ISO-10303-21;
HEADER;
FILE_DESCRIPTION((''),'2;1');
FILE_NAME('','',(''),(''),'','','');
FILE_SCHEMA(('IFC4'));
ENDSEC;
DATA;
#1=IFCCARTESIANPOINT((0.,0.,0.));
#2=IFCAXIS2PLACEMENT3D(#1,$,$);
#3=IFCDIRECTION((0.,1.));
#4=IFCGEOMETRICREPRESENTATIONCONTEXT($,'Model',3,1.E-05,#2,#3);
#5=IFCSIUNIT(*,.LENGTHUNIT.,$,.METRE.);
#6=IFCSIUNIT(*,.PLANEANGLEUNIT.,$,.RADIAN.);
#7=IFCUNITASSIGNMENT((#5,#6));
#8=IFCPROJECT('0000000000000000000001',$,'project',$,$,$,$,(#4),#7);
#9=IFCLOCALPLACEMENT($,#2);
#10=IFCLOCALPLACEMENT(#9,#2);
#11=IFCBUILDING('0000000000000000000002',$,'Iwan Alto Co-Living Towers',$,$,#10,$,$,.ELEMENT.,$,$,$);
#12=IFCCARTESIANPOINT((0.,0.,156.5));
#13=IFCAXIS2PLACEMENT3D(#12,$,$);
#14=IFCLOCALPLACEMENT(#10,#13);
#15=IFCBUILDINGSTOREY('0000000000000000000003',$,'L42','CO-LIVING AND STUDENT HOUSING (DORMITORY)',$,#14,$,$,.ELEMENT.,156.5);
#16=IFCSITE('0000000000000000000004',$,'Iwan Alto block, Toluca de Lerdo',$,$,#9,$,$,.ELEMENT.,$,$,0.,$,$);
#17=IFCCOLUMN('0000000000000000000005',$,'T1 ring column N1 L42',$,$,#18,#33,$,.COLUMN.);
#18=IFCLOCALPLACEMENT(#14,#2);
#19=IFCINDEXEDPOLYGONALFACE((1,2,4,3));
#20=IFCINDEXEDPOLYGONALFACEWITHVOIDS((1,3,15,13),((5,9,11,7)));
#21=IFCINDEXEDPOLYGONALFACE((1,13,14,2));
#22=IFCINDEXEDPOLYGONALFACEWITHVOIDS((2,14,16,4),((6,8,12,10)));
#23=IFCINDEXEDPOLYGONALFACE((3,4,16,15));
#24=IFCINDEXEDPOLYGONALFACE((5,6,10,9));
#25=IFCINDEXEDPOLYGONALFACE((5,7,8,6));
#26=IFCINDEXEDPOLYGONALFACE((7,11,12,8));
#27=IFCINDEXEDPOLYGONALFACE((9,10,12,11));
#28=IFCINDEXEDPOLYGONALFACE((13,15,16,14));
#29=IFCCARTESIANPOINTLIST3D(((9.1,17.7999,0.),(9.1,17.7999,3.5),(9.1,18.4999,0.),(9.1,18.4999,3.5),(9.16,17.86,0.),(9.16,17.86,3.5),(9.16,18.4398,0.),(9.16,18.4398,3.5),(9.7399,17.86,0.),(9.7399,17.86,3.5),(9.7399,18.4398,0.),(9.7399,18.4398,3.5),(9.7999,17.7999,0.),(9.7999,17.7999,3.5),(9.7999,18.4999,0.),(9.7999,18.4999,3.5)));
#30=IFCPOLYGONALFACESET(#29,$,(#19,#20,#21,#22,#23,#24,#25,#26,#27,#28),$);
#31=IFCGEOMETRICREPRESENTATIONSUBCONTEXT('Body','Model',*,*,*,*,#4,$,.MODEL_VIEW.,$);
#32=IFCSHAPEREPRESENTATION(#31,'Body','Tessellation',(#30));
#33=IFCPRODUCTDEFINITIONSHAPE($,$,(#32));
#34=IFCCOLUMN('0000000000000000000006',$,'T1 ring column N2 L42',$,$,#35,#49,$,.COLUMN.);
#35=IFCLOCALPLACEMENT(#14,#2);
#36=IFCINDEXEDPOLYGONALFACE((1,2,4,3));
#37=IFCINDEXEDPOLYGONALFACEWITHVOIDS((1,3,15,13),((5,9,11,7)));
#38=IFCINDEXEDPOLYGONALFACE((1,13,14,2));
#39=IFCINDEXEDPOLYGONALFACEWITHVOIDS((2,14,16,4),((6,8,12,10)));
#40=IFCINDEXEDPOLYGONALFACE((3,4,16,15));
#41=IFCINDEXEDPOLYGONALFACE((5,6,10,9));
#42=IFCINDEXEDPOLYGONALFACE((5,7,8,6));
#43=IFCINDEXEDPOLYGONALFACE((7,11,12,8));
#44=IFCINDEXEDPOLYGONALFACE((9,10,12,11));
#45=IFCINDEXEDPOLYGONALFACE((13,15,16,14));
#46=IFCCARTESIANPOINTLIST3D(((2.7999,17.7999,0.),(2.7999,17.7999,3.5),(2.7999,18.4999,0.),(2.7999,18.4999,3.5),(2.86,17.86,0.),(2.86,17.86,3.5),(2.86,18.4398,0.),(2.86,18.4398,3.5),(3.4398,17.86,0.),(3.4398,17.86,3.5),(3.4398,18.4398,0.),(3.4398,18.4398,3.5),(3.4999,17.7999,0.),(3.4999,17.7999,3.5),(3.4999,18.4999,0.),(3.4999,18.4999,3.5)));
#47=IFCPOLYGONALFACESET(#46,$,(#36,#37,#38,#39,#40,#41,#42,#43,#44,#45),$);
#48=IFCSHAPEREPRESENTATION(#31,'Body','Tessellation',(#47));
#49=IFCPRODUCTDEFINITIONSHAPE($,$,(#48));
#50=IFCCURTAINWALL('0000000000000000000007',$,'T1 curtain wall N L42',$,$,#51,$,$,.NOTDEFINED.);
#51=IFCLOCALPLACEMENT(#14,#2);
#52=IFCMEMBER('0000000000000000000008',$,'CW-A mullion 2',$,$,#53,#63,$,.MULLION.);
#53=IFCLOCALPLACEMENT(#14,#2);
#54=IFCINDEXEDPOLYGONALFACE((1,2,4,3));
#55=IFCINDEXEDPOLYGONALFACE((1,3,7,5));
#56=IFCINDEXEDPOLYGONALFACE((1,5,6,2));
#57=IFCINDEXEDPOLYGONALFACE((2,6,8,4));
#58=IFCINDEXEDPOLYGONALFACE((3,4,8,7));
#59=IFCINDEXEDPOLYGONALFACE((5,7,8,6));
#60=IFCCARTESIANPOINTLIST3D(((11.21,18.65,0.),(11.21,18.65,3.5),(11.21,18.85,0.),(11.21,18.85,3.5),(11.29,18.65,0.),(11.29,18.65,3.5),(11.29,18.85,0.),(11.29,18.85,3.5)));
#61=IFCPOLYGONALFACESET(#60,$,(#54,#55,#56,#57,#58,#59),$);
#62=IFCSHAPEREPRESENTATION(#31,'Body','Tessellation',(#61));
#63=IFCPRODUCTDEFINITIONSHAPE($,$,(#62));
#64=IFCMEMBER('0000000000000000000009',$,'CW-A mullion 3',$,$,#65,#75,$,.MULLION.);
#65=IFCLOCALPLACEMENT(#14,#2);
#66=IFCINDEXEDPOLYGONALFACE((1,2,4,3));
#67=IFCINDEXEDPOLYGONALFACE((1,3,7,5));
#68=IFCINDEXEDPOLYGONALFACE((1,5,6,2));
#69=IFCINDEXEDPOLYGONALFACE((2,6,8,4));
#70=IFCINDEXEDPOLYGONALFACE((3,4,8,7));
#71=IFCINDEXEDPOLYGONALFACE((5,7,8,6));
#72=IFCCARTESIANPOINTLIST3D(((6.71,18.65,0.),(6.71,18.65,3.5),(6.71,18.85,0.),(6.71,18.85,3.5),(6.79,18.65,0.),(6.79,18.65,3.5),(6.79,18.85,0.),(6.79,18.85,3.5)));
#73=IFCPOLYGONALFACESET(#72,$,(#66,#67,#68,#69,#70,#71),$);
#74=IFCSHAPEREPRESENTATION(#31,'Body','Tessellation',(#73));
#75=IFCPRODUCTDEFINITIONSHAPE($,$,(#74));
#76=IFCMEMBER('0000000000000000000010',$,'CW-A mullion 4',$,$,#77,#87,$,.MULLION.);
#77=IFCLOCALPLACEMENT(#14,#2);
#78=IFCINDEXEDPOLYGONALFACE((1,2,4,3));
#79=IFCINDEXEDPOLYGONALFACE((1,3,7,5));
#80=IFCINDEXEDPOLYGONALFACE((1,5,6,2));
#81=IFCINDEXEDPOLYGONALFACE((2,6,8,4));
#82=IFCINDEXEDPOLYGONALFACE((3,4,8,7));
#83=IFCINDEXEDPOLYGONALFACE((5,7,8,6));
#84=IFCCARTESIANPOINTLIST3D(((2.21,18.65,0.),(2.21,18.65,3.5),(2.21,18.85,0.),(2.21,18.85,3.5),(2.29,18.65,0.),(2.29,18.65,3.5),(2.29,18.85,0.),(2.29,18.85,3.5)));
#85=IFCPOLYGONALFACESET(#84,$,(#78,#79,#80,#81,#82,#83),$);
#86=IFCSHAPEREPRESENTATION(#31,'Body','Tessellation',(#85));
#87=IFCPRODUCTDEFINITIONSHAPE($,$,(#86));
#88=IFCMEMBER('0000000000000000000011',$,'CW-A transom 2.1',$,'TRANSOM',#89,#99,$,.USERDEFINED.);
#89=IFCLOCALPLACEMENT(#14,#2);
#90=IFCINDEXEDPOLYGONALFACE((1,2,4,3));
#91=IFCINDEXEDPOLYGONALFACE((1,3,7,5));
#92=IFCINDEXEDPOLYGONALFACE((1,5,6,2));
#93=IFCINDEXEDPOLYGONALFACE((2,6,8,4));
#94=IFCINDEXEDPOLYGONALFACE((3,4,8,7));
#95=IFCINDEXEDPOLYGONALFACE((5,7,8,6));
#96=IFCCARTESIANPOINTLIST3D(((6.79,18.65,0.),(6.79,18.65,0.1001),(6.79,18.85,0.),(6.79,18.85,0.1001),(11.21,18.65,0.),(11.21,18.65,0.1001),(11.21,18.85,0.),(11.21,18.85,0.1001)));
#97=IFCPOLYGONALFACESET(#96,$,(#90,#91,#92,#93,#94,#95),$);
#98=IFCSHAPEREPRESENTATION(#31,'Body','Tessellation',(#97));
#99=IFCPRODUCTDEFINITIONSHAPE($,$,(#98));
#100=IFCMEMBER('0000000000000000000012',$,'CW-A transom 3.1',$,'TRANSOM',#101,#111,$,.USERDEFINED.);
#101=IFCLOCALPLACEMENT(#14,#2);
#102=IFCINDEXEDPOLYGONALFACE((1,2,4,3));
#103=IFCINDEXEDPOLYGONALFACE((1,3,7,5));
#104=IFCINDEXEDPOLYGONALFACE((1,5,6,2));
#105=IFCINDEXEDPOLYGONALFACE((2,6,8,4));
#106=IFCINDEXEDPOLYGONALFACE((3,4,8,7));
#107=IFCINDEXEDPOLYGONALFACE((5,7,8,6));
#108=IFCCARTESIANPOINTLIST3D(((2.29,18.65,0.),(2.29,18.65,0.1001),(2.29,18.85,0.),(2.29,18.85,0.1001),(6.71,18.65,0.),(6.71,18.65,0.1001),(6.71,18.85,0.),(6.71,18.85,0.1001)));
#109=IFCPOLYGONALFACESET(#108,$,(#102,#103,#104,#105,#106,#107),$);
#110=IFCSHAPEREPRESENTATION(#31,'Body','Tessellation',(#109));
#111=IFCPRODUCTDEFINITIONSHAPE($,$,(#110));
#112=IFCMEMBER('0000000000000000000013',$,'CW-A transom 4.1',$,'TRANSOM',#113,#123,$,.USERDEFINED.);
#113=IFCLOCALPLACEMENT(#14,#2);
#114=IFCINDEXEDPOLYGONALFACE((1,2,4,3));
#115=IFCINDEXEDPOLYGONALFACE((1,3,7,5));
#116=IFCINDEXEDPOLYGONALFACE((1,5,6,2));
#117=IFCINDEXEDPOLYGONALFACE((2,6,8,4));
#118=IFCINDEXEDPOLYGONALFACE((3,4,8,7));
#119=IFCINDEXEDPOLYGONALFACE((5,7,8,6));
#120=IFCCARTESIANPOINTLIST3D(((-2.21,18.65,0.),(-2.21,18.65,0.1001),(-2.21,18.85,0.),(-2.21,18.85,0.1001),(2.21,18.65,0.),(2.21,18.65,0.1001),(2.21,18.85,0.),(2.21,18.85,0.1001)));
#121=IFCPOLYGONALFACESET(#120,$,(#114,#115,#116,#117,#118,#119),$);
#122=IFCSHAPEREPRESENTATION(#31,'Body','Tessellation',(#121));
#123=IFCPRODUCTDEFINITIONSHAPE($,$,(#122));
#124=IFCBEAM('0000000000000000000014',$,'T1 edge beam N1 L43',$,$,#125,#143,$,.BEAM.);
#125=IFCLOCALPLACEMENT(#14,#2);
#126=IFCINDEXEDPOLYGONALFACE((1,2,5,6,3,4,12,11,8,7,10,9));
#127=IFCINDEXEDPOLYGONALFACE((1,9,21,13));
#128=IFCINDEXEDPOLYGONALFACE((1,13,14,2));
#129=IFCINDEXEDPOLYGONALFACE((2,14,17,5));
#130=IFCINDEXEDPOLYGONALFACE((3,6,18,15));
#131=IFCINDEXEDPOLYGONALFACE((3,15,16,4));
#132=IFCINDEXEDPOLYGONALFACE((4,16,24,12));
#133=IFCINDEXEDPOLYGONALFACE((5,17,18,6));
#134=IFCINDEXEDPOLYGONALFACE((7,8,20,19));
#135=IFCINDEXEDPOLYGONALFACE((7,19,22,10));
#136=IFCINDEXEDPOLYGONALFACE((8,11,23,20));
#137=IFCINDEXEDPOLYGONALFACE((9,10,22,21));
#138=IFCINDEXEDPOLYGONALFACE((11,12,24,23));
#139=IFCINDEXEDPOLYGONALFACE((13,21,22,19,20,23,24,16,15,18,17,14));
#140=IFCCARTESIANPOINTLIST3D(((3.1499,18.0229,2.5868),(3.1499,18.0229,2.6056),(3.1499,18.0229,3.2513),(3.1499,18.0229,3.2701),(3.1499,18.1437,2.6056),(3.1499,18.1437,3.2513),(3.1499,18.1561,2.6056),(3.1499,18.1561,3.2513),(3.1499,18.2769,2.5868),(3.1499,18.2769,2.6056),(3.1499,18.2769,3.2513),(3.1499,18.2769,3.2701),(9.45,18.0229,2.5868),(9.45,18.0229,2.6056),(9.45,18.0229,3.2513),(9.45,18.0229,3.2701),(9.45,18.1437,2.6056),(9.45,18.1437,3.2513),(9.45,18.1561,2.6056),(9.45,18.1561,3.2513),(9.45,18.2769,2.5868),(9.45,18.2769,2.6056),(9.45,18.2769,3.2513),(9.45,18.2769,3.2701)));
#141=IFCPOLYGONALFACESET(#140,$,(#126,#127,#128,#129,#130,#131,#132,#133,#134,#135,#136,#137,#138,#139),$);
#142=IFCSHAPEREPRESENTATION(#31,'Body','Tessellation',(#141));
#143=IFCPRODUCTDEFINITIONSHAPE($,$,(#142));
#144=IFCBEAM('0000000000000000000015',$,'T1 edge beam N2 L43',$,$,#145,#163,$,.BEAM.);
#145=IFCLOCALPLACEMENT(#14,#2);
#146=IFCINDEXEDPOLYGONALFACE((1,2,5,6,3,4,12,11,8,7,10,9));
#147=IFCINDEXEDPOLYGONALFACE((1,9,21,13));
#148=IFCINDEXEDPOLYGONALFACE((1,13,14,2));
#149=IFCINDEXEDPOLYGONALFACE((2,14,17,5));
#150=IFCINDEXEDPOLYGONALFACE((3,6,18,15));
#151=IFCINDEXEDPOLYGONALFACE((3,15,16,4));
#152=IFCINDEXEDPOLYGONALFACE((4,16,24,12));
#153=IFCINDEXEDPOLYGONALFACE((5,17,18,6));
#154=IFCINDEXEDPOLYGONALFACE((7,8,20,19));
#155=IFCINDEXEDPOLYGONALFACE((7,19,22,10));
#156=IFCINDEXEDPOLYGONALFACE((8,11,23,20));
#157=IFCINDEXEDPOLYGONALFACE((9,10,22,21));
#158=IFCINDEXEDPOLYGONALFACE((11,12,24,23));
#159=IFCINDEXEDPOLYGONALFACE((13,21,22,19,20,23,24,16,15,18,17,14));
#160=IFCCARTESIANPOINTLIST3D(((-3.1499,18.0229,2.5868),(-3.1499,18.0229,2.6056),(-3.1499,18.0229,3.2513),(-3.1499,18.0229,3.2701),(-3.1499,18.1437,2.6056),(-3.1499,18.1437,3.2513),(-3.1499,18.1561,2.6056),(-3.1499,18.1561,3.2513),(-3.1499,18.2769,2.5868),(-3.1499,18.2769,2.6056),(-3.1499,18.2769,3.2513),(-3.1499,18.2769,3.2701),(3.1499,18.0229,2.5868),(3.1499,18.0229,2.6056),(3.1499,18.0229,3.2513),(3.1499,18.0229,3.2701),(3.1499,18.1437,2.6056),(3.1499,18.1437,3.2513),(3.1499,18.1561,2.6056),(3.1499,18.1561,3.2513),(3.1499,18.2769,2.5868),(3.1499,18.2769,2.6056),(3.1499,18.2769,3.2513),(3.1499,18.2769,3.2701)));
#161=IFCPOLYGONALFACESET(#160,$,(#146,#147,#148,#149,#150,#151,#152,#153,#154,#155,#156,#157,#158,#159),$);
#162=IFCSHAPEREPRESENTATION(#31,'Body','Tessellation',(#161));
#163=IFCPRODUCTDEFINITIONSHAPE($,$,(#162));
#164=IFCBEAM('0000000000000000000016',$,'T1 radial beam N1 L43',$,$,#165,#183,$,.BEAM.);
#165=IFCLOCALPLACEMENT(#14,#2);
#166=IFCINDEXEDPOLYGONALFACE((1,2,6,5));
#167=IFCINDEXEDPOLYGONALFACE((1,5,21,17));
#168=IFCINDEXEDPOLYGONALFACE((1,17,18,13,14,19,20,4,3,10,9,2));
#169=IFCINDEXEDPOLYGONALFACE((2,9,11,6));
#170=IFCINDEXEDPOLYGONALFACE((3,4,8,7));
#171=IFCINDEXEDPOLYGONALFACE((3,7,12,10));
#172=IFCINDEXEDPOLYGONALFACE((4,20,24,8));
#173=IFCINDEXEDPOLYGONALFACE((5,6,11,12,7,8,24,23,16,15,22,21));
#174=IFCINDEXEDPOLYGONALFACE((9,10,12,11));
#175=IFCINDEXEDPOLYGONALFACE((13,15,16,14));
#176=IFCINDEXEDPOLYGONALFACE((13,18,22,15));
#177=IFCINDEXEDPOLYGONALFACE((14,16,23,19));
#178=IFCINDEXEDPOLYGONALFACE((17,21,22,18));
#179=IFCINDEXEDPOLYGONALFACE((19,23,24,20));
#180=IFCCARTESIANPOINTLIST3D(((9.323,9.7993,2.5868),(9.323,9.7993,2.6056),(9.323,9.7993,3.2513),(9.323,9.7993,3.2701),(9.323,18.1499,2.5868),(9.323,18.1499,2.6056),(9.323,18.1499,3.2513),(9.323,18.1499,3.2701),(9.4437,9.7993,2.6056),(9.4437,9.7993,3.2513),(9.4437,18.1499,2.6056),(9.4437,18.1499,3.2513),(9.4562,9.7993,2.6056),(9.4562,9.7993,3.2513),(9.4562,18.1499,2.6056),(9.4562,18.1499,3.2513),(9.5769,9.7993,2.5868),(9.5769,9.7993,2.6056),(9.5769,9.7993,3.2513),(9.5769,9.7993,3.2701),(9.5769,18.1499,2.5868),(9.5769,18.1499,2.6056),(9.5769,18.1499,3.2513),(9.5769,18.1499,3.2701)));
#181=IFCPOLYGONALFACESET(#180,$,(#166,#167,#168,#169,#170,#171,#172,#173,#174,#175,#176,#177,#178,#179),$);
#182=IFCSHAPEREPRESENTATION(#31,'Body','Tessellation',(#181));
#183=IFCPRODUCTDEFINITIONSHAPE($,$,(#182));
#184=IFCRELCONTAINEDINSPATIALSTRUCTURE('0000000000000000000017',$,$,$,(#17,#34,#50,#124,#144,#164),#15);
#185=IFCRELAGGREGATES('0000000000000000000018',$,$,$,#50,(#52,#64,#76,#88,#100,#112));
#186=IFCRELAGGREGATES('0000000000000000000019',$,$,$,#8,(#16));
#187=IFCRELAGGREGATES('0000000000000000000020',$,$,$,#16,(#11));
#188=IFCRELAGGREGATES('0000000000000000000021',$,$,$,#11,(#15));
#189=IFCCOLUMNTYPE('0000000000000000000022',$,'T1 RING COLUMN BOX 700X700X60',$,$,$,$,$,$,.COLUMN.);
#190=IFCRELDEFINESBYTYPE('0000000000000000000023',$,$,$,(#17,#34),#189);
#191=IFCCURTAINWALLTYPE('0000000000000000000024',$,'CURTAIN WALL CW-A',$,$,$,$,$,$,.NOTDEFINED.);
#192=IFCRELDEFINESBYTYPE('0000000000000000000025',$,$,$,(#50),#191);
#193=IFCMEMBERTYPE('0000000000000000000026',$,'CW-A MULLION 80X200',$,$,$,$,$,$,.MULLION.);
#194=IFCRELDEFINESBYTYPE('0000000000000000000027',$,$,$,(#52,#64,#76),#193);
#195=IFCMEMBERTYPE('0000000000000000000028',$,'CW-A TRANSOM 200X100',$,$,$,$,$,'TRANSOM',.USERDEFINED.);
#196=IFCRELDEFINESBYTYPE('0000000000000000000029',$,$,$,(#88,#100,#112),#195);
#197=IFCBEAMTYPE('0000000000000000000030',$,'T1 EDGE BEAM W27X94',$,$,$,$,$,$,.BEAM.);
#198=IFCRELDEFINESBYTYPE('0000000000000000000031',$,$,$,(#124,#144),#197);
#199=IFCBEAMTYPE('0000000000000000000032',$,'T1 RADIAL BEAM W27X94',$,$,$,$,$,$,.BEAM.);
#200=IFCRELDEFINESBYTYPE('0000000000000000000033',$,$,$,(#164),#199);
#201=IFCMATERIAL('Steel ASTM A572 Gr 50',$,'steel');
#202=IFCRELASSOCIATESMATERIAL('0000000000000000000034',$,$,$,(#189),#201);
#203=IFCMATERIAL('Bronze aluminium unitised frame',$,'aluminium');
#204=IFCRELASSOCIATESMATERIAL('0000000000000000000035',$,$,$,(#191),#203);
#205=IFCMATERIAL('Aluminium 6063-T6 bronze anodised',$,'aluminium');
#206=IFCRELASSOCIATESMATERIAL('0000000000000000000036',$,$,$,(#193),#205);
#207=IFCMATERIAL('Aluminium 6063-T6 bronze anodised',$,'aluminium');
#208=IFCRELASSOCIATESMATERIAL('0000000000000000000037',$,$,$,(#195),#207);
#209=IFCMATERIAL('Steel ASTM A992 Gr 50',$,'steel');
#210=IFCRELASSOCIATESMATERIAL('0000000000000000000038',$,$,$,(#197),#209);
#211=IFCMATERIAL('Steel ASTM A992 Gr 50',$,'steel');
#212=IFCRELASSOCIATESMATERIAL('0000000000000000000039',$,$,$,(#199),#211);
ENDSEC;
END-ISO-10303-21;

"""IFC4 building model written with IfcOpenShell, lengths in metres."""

from ifc_helpers import new_model, si_unit, direction, frame, origin, origin_2d, place, context, subcontext, project, spatial, rectangle, hollow_rectangle, i_section, extrude, material, material_profile, profile_set, type_object, element, aggregate, save


model = new_model("IFC4")

# Units and contexts
model_context = context("Model", 3, precision=1e-05, world=origin(), true_north=direction((0.0, 1.0)))
body_context = subcontext(model_context, "Body", "Model", "MODEL_VIEW")
ifc_project = project(units=[si_unit("LENGTHUNIT", "METRE"), si_unit("PLANEANGLEUNIT", "RADIAN")], contexts=[model_context])

# Site, building, storey
site_placement = place(None, origin())
site = spatial("IfcSite", under=ifc_project, at=site_placement, Name="Iwan Alto block, Toluca de Lerdo", CompositionType="ELEMENT", RefElevation=0.0)
building_placement = place(site_placement, origin())
building = spatial("IfcBuilding", under=site, at=building_placement, Name="Iwan Alto Co-Living Towers", CompositionType="ELEMENT")
storey_placement = place(building_placement, frame((0.0, 0.0, 156.5)))
storey = spatial("IfcBuildingStorey", under=building, at=storey_placement, Name="L42", Description="CO-LIVING AND STUDENT HOUSING (DORMITORY)", CompositionType="ELEMENT", Elevation=156.5)

# Columns
ifc_material_1 = material(Name="Steel ASTM A572 Gr 50", Category="steel")
ifc_material_profile_1 = material_profile(ifc_material_1, hollow_rectangle(XDim=0.7, YDim=0.7, WallThickness=0.0601, at=origin_2d()), Name="BOX 700X700X60")
ifc_profile_set_1 = profile_set([ifc_material_profile_1], Name="Steel ASTM A572 Gr 50")
column_type = type_object("IfcColumnType", Name="T1 RING COLUMN BOX 700X700X60", PredefinedType="COLUMN", material=ifc_profile_set_1)
for number, where, z_axis, x_axis, name in (
    (1, (9.45, 18.1499, 0.0), (0.0, 0.0, 1.0), (1.0, 0.0, 0.0), "T1 ring column N1 L42"),
    (2, (3.1499, 18.1499, 0.0), (0.0, 0.0, 1.0), (1.0, 0.0, 0.0), "T1 ring column N2 L42"),
):
    element("IfcColumn", number, at=place(storey_placement, frame(where, z_axis=z_axis, x_axis=x_axis)), inside=storey, type_object=column_type, Name=name, PredefinedType="COLUMN", context=body_context, shape_type="SweptSolid", body=[
        extrude(hollow_rectangle(XDim=0.7, YDim=0.7, WallThickness=0.0601, at=origin_2d()), origin(), (0.0, 0.0, 1.0), 3.5),
    ])

# Curtain wall, members
ifc_material_2 = material(Name="Bronze aluminium unitised frame", Category="aluminium")
curtain_wall_type = type_object("IfcCurtainWallType", Name="CURTAIN WALL CW-A", PredefinedType="NOTDEFINED", material=ifc_material_2)
curtain_wall_placement = place(storey_placement, origin())
curtain_wall = element("IfcCurtainWall", 3, at=curtain_wall_placement, inside=storey, type_object=curtain_wall_type, Name="T1 curtain wall N L42", PredefinedType="NOTDEFINED")
ifc_material_3 = material(Name="Aluminium 6063-T6 bronze anodised", Category="aluminium")
ifc_material_profile_2 = material_profile(ifc_material_3, rectangle(XDim=0.2, YDim=0.0801, at=origin_2d()), Name="AL 80X200")
ifc_profile_set_2 = profile_set([ifc_material_profile_2], Name="Aluminium 6063-T6 bronze anodised")
member_type_1 = type_object("IfcMemberType", Name="CW-A MULLION 80X200", PredefinedType="MULLION", material=ifc_profile_set_2)
member_1_placement = place(storey_placement, frame((11.25, 18.75, 0.0), z_axis=(0.0, 0.0, 1.0), x_axis=(0.0, -1.0, 0.0)))
member_1 = element("IfcMember", 4, at=member_1_placement, type_object=member_type_1, Name="CW-A mullion 2", PredefinedType="MULLION", context=body_context, shape_type="SweptSolid", body=[
    extrude(rectangle(XDim=0.2, YDim=0.0801, at=origin_2d()), origin(), (0.0, 0.0, 1.0), 3.5),
])
member_2_placement = place(storey_placement, frame((6.75, 18.75, 0.0), z_axis=(0.0, 0.0, 1.0), x_axis=(0.0, -1.0, 0.0)))
member_2 = element("IfcMember", 5, at=member_2_placement, type_object=member_type_1, Name="CW-A mullion 3", PredefinedType="MULLION", context=body_context, shape_type="SweptSolid", body=[
    extrude(rectangle(XDim=0.2, YDim=0.0801, at=origin_2d()), origin(), (0.0, 0.0, 1.0), 3.5),
])
member_3_placement = place(storey_placement, frame((2.25, 18.75, 0.0), z_axis=(0.0, 0.0, 1.0), x_axis=(0.0, -1.0, 0.0)))
member_3 = element("IfcMember", 6, at=member_3_placement, type_object=member_type_1, Name="CW-A mullion 4", PredefinedType="MULLION", context=body_context, shape_type="SweptSolid", body=[
    extrude(rectangle(XDim=0.2, YDim=0.0801, at=origin_2d()), origin(), (0.0, 0.0, 1.0), 3.5),
])
ifc_material_4 = material(Name="Aluminium 6063-T6 bronze anodised", Category="aluminium")
ifc_material_profile_3 = material_profile(ifc_material_4, rectangle(XDim=0.2, YDim=0.1001, at=origin_2d()), Name="AL 200X100")
ifc_profile_set_3 = profile_set([ifc_material_profile_3], Name="Aluminium 6063-T6 bronze anodised")
member_type_2 = type_object("IfcMemberType", Name="CW-A TRANSOM 200X100", ElementType="TRANSOM", PredefinedType="USERDEFINED", material=ifc_profile_set_3)
member_4_placement = place(storey_placement, frame((11.21, 18.75, 0.05), z_axis=(-1.0, 0.0, 0.0), x_axis=(0.0, -1.0, 0.0)))
member_4 = element("IfcMember", 7, at=member_4_placement, type_object=member_type_2, Name="CW-A transom 2.1", ObjectType="TRANSOM", PredefinedType="USERDEFINED", context=body_context, shape_type="SweptSolid", body=[
    extrude(rectangle(XDim=0.2, YDim=0.1001, at=origin_2d()), origin(), (0.0, 0.0, 1.0), 4.4199),
])
member_5_placement = place(storey_placement, frame((6.71, 18.75, 0.05), z_axis=(-1.0, 0.0, 0.0), x_axis=(0.0, -1.0, 0.0)))
member_5 = element("IfcMember", 8, at=member_5_placement, type_object=member_type_2, Name="CW-A transom 3.1", ObjectType="TRANSOM", PredefinedType="USERDEFINED", context=body_context, shape_type="SweptSolid", body=[
    extrude(rectangle(XDim=0.2, YDim=0.1001, at=origin_2d()), origin(), (0.0, 0.0, 1.0), 4.4199),
])
member_6_placement = place(storey_placement, frame((2.21, 18.75, 0.05), z_axis=(-1.0, 0.0, 0.0), x_axis=(0.0, -1.0, 0.0)))
member_6 = element("IfcMember", 9, at=member_6_placement, type_object=member_type_2, Name="CW-A transom 4.1", ObjectType="TRANSOM", PredefinedType="USERDEFINED", context=body_context, shape_type="SweptSolid", body=[
    extrude(rectangle(XDim=0.2, YDim=0.1001, at=origin_2d()), origin(), (0.0, 0.0, 1.0), 4.4199),
])

# Beams
ifc_material_5 = material(Name="Steel ASTM A992 Gr 50", Category="steel")
ifc_material_profile_4 = material_profile(ifc_material_5, i_section(OverallWidth=0.2539, OverallDepth=0.6833, WebThickness=0.0125, FlangeThickness=0.0188, at=origin_2d()), Name="W27X94")
ifc_profile_set_4 = profile_set([ifc_material_profile_4], Name="Steel ASTM A992 Gr 50")
beam_type_1 = type_object("IfcBeamType", Name="T1 EDGE BEAM W27X94", PredefinedType="BEAM", material=ifc_profile_set_4)
beam_1_placement = place(storey_placement, frame((9.45, 18.1499, 2.9285), z_axis=(-1.0, 0.0, 0.0), x_axis=(0.0, -1.0, 0.0)))
element("IfcBeam", 10, at=beam_1_placement, inside=storey, type_object=beam_type_1, Name="T1 edge beam N1 L43", PredefinedType="BEAM", context=body_context, shape_type="SweptSolid", body=[
    extrude(i_section(OverallWidth=0.2539, OverallDepth=0.6833, WebThickness=0.0125, FlangeThickness=0.0188, at=origin_2d()), origin(), (0.0, 0.0, 1.0), 6.3),
])
beam_2_placement = place(storey_placement, frame((3.1499, 18.1499, 2.9285), z_axis=(-1.0, 0.0, 0.0), x_axis=(0.0, -1.0, 0.0)))
element("IfcBeam", 11, at=beam_2_placement, inside=storey, type_object=beam_type_1, Name="T1 edge beam N2 L43", PredefinedType="BEAM", context=body_context, shape_type="SweptSolid", body=[
    extrude(i_section(OverallWidth=0.2539, OverallDepth=0.6833, WebThickness=0.0125, FlangeThickness=0.0188, at=origin_2d()), origin(), (0.0, 0.0, 1.0), 6.2998),
])
ifc_material_6 = material(Name="Steel ASTM A992 Gr 50", Category="steel")
ifc_material_profile_5 = material_profile(ifc_material_6, i_section(OverallWidth=0.2539, OverallDepth=0.6833, WebThickness=0.0125, FlangeThickness=0.0188, at=origin_2d()), Name="W27X94")
ifc_profile_set_5 = profile_set([ifc_material_profile_5], Name="Steel ASTM A992 Gr 50")
beam_type_2 = type_object("IfcBeamType", Name="T1 RADIAL BEAM W27X94", PredefinedType="BEAM", material=ifc_profile_set_5)
for number, where, z_axis, x_axis, name in (
    (12, (9.45, 18.1499, 2.9285), (0.0, -1.0, 0.0), (1.0, 0.0, 0.0), "T1 radial beam N1 L43"),
):
    element("IfcBeam", number, at=place(storey_placement, frame(where, z_axis=z_axis, x_axis=x_axis)), inside=storey, type_object=beam_type_2, Name=name, PredefinedType="BEAM", context=body_context, shape_type="SweptSolid", body=[
        extrude(i_section(OverallWidth=0.2539, OverallDepth=0.6833, WebThickness=0.0125, FlangeThickness=0.0188, at=origin_2d()), origin(), (0.0, 0.0, 1.0), 8.3506),
    ])

aggregate(curtain_wall, [member_1, member_2, member_3, member_4, member_5, member_6])

save(model, "model.ifc")
